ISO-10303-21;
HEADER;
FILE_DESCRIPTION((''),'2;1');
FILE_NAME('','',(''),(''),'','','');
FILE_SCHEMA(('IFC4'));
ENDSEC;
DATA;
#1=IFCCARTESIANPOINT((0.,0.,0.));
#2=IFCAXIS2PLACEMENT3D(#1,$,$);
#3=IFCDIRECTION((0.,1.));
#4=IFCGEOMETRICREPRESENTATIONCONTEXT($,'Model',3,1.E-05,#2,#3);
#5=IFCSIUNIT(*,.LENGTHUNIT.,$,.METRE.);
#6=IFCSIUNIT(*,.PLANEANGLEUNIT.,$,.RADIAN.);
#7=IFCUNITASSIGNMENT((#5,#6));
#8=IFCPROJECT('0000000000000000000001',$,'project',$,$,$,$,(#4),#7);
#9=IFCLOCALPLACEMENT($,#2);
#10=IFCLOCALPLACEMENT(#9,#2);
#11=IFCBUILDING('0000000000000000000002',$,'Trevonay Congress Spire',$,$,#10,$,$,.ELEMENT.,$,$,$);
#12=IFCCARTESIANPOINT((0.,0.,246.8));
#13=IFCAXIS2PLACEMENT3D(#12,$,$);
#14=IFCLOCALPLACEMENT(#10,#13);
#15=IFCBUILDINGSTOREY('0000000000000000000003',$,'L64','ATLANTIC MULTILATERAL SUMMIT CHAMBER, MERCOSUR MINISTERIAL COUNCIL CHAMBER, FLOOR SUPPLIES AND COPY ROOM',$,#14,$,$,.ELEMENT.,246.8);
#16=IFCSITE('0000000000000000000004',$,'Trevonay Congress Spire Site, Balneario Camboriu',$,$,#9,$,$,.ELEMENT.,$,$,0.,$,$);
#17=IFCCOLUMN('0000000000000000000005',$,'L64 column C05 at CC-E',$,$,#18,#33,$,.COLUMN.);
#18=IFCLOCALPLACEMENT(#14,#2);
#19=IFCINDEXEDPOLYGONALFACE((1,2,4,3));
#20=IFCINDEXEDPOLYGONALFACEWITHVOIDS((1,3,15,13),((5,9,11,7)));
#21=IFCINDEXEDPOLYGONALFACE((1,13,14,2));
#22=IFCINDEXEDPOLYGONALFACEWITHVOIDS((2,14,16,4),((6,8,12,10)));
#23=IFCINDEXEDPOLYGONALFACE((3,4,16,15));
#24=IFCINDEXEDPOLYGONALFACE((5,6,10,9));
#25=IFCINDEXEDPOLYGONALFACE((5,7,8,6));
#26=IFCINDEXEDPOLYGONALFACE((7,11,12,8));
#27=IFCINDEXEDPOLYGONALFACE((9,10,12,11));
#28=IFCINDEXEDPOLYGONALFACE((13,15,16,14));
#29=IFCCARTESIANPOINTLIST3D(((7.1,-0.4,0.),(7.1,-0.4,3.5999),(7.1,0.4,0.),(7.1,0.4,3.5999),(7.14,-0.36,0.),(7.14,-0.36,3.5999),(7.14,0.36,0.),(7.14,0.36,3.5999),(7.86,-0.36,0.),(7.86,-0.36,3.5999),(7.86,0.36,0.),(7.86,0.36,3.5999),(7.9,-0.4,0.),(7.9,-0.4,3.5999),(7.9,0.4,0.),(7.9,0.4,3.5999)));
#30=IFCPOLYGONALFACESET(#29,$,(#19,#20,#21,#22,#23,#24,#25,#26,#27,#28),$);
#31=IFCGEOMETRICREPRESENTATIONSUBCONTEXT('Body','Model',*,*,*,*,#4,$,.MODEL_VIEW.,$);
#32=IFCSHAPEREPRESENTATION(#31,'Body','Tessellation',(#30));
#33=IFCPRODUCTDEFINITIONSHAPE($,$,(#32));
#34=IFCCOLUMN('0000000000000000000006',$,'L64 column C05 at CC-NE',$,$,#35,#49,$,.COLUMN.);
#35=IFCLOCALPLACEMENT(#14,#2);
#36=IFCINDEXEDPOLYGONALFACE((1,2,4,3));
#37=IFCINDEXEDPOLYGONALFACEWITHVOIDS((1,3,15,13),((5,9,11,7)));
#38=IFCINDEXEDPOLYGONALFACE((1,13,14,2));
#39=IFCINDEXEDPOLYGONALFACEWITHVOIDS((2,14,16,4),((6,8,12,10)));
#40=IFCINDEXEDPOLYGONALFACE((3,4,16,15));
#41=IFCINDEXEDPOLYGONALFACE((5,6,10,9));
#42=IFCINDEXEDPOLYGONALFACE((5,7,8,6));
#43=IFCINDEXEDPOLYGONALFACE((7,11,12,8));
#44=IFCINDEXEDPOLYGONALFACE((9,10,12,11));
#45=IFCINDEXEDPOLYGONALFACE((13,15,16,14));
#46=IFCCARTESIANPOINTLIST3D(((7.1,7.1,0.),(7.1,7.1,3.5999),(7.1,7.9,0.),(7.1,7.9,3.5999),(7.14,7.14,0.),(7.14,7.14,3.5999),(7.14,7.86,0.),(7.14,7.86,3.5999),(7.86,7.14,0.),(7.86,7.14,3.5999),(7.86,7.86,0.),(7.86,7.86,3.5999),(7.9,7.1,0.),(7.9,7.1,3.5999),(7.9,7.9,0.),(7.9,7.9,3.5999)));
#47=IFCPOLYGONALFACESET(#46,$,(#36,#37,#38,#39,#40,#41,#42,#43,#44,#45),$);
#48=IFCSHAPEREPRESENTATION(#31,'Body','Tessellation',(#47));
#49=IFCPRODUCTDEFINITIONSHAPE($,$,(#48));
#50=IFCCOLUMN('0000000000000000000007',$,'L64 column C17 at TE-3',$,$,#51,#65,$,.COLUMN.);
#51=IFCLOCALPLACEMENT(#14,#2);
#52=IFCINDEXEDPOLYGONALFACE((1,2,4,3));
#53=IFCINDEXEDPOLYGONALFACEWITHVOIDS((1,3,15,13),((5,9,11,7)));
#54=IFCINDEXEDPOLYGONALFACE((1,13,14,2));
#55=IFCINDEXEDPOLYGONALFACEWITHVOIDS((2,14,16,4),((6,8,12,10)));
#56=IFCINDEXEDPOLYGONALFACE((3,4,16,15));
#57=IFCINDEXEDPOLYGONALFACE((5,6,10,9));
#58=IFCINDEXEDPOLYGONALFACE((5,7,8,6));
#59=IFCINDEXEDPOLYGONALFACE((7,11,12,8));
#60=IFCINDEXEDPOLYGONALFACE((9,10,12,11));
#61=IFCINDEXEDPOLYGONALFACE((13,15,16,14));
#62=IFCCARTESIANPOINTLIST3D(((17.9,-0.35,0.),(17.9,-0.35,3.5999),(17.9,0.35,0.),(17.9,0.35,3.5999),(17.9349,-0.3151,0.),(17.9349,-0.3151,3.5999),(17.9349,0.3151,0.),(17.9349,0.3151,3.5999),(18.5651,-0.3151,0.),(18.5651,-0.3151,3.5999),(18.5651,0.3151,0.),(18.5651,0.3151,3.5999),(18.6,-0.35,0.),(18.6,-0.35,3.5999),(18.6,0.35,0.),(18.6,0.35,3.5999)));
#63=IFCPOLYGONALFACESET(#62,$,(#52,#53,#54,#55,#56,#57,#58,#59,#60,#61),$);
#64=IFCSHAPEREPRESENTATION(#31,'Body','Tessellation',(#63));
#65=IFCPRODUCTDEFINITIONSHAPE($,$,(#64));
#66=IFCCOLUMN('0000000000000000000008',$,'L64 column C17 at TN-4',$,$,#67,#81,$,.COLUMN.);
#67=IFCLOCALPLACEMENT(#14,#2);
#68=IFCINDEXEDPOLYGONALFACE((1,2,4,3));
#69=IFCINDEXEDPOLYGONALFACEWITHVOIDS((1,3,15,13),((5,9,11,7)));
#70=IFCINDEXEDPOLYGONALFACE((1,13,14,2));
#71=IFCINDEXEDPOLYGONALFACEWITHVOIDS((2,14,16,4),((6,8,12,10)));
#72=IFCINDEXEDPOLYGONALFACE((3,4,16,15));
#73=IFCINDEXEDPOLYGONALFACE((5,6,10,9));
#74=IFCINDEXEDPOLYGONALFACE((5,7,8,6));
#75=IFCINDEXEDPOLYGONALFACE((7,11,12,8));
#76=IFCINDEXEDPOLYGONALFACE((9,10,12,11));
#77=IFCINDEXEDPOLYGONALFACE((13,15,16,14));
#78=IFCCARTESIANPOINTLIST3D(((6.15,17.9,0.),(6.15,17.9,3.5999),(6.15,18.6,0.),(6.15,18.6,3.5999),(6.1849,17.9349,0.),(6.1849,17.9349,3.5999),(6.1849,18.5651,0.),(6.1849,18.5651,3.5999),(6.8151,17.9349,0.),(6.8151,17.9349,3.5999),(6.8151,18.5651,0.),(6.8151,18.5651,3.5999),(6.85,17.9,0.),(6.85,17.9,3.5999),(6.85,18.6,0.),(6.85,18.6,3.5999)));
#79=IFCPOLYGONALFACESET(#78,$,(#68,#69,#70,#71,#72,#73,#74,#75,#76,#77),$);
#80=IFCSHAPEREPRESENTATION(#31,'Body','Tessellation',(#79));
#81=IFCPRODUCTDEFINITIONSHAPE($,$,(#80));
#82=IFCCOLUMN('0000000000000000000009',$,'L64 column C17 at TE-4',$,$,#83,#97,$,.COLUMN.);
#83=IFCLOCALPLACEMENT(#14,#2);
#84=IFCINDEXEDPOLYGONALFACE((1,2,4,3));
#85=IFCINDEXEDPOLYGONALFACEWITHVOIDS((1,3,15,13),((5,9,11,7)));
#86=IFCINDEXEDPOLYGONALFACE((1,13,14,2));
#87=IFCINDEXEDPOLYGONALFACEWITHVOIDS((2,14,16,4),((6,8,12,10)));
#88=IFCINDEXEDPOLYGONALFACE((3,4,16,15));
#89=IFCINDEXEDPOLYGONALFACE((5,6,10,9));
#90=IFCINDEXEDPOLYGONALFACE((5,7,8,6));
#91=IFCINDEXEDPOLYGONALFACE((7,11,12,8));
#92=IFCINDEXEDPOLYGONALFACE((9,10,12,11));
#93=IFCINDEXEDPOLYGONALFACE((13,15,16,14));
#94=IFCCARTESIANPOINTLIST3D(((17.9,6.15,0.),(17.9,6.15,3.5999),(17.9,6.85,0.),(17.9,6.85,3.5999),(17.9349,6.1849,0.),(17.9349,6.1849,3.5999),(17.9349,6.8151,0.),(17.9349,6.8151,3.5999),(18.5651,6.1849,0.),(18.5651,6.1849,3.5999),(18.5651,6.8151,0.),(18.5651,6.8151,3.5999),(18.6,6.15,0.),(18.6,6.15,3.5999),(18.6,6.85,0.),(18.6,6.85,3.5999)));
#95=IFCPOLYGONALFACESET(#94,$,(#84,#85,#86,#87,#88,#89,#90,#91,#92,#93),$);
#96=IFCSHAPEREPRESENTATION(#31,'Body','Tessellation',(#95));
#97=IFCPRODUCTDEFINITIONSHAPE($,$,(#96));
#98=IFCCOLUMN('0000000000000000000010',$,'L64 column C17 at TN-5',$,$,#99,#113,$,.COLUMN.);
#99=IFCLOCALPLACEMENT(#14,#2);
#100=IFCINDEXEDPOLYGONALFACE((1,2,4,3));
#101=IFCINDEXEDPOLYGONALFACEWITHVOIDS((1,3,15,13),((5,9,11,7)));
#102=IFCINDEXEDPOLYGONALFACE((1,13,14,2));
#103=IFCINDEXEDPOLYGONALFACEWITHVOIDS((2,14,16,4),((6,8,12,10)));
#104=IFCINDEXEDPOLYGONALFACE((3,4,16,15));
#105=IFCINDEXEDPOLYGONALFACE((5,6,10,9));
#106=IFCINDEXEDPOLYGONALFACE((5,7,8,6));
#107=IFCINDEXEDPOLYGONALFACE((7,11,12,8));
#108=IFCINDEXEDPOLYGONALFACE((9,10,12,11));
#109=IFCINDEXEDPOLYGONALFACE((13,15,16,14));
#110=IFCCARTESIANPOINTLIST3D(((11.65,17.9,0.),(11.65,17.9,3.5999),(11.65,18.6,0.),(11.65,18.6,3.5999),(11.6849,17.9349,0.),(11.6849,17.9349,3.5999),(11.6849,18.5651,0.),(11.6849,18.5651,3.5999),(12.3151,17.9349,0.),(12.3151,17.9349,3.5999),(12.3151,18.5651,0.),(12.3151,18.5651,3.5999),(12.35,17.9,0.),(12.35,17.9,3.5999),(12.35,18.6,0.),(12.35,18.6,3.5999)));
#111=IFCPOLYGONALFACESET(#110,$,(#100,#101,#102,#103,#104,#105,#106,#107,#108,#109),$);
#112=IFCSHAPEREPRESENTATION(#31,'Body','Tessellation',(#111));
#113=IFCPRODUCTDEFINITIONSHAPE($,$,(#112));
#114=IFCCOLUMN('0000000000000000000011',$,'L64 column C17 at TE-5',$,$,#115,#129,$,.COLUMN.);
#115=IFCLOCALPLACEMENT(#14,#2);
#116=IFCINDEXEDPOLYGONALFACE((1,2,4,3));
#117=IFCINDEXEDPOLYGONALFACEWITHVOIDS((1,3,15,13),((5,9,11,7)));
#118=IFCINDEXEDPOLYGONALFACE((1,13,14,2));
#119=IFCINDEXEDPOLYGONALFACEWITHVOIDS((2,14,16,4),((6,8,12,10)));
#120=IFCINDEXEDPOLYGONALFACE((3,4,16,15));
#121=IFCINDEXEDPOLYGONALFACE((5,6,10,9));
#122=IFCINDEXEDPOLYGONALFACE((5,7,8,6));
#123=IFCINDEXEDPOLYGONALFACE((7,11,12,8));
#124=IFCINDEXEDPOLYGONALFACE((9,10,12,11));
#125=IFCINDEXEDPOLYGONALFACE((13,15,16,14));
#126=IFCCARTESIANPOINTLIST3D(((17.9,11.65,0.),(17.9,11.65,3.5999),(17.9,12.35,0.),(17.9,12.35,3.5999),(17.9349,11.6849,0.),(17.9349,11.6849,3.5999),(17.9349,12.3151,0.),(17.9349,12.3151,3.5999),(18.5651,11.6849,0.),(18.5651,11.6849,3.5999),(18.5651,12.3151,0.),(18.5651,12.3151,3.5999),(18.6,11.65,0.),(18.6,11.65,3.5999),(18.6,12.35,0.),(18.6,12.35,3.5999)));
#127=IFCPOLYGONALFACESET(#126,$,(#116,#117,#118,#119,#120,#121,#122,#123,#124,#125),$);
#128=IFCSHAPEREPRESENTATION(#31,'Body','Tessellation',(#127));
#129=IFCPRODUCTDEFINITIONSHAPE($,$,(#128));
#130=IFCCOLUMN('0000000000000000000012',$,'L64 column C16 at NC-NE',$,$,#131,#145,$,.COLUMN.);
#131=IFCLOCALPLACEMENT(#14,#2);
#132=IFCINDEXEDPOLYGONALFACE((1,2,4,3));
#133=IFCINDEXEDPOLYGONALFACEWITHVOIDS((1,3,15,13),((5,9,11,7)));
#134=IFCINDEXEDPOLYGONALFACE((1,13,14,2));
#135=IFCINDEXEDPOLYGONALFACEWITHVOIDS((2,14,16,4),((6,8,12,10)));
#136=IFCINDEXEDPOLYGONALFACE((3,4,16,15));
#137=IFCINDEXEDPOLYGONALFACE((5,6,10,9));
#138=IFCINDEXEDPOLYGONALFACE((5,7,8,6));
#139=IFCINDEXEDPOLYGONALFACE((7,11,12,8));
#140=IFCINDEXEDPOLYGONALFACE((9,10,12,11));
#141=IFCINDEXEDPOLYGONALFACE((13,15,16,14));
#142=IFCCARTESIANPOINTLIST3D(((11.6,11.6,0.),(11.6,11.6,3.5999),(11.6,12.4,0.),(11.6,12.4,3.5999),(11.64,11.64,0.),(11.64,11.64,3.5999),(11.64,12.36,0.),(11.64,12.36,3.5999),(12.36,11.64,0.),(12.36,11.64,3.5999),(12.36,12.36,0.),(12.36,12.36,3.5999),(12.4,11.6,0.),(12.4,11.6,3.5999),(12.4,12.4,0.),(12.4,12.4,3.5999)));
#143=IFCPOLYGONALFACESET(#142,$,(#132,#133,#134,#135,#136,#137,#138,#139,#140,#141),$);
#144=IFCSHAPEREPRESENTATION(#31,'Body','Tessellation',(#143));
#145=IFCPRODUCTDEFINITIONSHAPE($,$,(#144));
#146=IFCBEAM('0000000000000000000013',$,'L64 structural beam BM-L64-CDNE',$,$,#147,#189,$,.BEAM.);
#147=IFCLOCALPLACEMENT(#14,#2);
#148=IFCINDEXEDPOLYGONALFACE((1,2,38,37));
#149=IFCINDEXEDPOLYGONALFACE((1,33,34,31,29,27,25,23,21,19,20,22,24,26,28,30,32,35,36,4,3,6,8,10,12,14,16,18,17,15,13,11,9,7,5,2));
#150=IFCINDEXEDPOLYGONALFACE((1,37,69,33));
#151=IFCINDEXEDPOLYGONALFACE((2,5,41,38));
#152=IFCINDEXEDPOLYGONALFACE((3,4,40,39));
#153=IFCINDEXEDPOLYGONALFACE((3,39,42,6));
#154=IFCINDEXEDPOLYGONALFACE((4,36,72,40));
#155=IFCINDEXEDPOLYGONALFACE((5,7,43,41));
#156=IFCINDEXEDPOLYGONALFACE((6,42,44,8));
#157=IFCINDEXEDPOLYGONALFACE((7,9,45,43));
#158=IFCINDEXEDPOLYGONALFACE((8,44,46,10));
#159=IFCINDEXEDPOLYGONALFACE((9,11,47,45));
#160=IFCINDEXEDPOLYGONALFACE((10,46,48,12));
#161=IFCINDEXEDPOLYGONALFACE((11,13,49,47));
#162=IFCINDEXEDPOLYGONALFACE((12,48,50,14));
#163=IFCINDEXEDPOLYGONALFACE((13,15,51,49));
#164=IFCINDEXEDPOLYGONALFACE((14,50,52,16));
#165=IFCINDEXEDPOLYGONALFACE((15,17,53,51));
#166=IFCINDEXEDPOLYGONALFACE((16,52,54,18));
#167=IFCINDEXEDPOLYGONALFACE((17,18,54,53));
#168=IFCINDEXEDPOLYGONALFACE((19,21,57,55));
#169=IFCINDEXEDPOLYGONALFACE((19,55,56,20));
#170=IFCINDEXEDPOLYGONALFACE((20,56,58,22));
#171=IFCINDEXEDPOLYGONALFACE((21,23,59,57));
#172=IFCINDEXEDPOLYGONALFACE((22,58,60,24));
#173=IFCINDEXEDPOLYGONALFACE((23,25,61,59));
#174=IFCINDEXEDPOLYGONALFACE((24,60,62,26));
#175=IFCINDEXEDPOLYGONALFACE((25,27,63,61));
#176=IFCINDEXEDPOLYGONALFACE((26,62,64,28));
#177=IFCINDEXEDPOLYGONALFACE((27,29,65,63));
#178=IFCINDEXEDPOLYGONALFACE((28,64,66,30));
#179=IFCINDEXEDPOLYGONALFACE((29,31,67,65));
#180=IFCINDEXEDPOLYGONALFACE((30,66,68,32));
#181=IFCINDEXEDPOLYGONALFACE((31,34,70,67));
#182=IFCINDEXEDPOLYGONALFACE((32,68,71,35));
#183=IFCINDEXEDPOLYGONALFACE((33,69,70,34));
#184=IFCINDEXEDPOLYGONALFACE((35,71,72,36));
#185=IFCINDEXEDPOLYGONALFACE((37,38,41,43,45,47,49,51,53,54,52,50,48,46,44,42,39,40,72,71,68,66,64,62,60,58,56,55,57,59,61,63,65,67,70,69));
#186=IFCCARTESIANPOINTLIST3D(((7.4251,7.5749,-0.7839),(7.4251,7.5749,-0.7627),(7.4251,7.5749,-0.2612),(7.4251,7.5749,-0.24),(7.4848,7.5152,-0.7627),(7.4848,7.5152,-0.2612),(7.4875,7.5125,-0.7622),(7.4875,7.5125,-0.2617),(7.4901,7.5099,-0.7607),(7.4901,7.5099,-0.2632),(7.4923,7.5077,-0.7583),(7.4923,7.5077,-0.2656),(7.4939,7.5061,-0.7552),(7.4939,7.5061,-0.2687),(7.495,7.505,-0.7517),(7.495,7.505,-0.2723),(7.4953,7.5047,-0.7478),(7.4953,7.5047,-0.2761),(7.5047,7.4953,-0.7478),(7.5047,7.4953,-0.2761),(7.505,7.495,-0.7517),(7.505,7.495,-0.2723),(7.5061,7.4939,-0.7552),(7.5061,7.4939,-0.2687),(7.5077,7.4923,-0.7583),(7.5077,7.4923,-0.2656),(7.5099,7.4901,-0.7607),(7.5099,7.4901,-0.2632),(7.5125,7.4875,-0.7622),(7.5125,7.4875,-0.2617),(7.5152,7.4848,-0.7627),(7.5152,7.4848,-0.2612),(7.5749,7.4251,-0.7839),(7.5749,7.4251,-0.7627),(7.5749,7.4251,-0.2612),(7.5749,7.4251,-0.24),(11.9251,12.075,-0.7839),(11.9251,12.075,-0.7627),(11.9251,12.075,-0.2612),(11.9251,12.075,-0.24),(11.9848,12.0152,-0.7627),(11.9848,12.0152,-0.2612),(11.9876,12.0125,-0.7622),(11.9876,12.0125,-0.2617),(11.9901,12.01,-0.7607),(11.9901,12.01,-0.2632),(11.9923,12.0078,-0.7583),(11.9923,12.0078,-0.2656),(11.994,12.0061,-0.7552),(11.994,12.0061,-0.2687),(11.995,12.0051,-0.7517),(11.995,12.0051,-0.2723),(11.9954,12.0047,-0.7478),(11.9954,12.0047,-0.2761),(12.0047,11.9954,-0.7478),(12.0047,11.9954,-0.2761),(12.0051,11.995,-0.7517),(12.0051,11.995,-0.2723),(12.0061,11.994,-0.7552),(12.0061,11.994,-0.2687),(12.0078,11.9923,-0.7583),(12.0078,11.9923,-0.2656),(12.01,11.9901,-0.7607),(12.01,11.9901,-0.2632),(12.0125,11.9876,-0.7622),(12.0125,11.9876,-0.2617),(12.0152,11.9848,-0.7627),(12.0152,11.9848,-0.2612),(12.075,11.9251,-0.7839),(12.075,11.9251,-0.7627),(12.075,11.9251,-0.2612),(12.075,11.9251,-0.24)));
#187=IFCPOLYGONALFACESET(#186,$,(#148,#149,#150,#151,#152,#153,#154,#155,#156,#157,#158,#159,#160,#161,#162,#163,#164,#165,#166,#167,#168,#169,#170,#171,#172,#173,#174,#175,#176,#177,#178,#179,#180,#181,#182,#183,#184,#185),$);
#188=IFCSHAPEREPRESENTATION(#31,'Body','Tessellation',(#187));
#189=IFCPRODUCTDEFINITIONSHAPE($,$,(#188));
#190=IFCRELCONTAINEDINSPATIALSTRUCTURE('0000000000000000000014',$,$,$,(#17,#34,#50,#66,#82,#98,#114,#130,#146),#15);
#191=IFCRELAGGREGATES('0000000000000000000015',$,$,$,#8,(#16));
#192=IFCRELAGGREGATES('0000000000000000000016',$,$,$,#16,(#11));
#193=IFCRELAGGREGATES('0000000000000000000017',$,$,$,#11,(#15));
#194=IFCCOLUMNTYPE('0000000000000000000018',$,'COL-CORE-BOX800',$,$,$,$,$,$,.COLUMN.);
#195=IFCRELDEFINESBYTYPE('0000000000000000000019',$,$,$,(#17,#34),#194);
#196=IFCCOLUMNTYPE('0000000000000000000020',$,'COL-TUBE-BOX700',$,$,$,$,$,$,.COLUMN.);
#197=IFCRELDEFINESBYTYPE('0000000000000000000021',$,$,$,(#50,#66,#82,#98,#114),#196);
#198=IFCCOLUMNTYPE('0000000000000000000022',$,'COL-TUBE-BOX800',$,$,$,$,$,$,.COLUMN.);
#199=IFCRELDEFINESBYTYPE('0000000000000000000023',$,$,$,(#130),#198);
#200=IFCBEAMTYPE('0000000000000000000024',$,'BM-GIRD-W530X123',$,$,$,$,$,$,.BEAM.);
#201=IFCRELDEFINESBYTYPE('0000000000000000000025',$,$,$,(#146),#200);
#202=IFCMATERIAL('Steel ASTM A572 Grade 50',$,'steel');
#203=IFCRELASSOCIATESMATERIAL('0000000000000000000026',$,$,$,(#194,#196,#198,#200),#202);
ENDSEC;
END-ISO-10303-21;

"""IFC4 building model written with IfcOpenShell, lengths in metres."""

from ifc_helpers import new_model, si_unit, direction, frame, origin, origin_2d, place, context, subcontext, project, spatial, hollow_rectangle, i_section, extrude, material, material_profile, profile_set, type_object, element, save


model = new_model("IFC4")

# Units and contexts
model_context = context("Model", 3, precision=1e-05, world=origin(), true_north=direction((0.0, 1.0)))
body_context = subcontext(model_context, "Body", "Model", "MODEL_VIEW")
ifc_project = project(units=[si_unit("LENGTHUNIT", "METRE"), si_unit("PLANEANGLEUNIT", "RADIAN")], contexts=[model_context])

# Site, building, storey
site_placement = place(None, origin())
site = spatial("IfcSite", under=ifc_project, at=site_placement, Name="Trevonay Congress Spire Site, Balneario Camboriu", CompositionType="ELEMENT", RefElevation=0.0)
building_placement = place(site_placement, origin())
building = spatial("IfcBuilding", under=site, at=building_placement, Name="Trevonay Congress Spire", CompositionType="ELEMENT")
storey_placement = place(building_placement, frame((0.0, 0.0, 246.8)))
storey = spatial("IfcBuildingStorey", under=building, at=storey_placement, Name="L64", Description="ATLANTIC MULTILATERAL SUMMIT CHAMBER, MERCOSUR MINISTERIAL COUNCIL CHAMBER, FLOOR SUPPLIES AND COPY ROOM", CompositionType="ELEMENT", Elevation=246.8)

# Columns
ifc_material_1 = material(Name="Steel ASTM A572 Grade 50", Category="steel")
ifc_material_profile_1 = material_profile(ifc_material_1, hollow_rectangle(XDim=0.8, YDim=0.8, WallThickness=0.04, at=origin_2d()), Name="BOX 800x800x40")
ifc_profile_set_1 = profile_set([ifc_material_profile_1], Name="Steel ASTM A572 Grade 50")
column_type_1 = type_object("IfcColumnType", Name="COL-CORE-BOX800", PredefinedType="COLUMN", material=ifc_profile_set_1)
for number, where, z_axis, x_axis, name in (
    (1, (7.5, 0.0, 0.0), (0.0, 0.0, 1.0), (1.0, 0.0, 0.0), "L64 column C05 at CC-E"),
    (2, (7.5, 7.5, 0.0), (0.0, 0.0, 1.0), (1.0, 0.0, 0.0), "L64 column C05 at CC-NE"),
):
    element("IfcColumn", number, at=place(storey_placement, frame(where, z_axis=z_axis, x_axis=x_axis)), inside=storey, type_object=column_type_1, Name=name, PredefinedType="COLUMN", context=body_context, shape_type="SweptSolid", body=[
        extrude(hollow_rectangle(XDim=0.8, YDim=0.8, WallThickness=0.04, at=origin_2d()), origin(), (0.0, 0.0, 1.0), 3.5999),
    ])
ifc_material_profile_2 = material_profile(ifc_material_1, hollow_rectangle(XDim=0.7, YDim=0.7, WallThickness=0.0349, at=origin_2d()), Name="BOX 700x700x35")
ifc_profile_set_2 = profile_set([ifc_material_profile_2], Name="Steel ASTM A572 Grade 50")
column_type_2 = type_object("IfcColumnType", Name="COL-TUBE-BOX700", PredefinedType="COLUMN", material=ifc_profile_set_2)
for number, where, z_axis, x_axis, name in (
    (3, (18.25, 0.0, 0.0), (0.0, 0.0, 1.0), (1.0, 0.0, 0.0), "L64 column C17 at TE-3"),
    (4, (6.5, 18.25, 0.0), (0.0, 0.0, 1.0), (1.0, 0.0, 0.0), "L64 column C17 at TN-4"),
    (5, (18.25, 6.5, 0.0), (0.0, 0.0, 1.0), (1.0, 0.0, 0.0), "L64 column C17 at TE-4"),
    (6, (12.0, 18.25, 0.0), (0.0, 0.0, 1.0), (1.0, 0.0, 0.0), "L64 column C17 at TN-5"),
    (7, (18.25, 12.0, 0.0), (0.0, 0.0, 1.0), (1.0, 0.0, 0.0), "L64 column C17 at TE-5"),
):
    element("IfcColumn", number, at=place(storey_placement, frame(where, z_axis=z_axis, x_axis=x_axis)), inside=storey, type_object=column_type_2, Name=name, PredefinedType="COLUMN", context=body_context, shape_type="SweptSolid", body=[
        extrude(hollow_rectangle(XDim=0.7, YDim=0.7, WallThickness=0.0349, at=origin_2d()), origin(), (0.0, 0.0, 1.0), 3.5999),
    ])
ifc_material_profile_3 = material_profile(ifc_material_1, hollow_rectangle(XDim=0.8, YDim=0.8, WallThickness=0.04, at=origin_2d()), Name="BOX 800x800x40")
ifc_profile_set_3 = profile_set([ifc_material_profile_3], Name="Steel ASTM A572 Grade 50")
column_type_3 = type_object("IfcColumnType", Name="COL-TUBE-BOX800", PredefinedType="COLUMN", material=ifc_profile_set_3)
column_placement = place(storey_placement, frame((12.0, 12.0, 0.0), z_axis=(0.0, 0.0, 1.0), x_axis=(1.0, 0.0, 0.0)))
element("IfcColumn", 8, at=column_placement, inside=storey, type_object=column_type_3, Name="L64 column C16 at NC-NE", PredefinedType="COLUMN", context=body_context, shape_type="SweptSolid", body=[
    extrude(hollow_rectangle(XDim=0.8, YDim=0.8, WallThickness=0.04, at=origin_2d()), origin(), (0.0, 0.0, 1.0), 3.5999),
])

# Beam
ifc_material_profile_4 = material_profile(ifc_material_1, i_section(OverallWidth=0.2119, OverallDepth=0.5439, WebThickness=0.0132, FlangeThickness=0.0212, FilletRadius=0.0149, at=origin_2d()), Name="W530x123")
ifc_profile_set_4 = profile_set([ifc_material_profile_4], Name="Steel ASTM A572 Grade 50")
beam_type_1 = type_object("IfcBeamType", Name="BM-GIRD-W530X123", PredefinedType="BEAM", material=ifc_profile_set_4)
beam_1_placement = place(storey_placement, frame((7.5, 7.5, -0.512), z_axis=(0.707107, 0.707107, 0.0), x_axis=(-0.707107, 0.707107, 0.0)))
element("IfcBeam", 9, at=beam_1_placement, inside=storey, type_object=beam_type_1, Name="L64 structural beam BM-L64-CDNE", PredefinedType="BEAM", context=body_context, shape_type="SweptSolid", body=[
    extrude(i_section(OverallWidth=0.2119, OverallDepth=0.5439, WebThickness=0.0132, FlangeThickness=0.0212, FilletRadius=0.0149, at=origin_2d()), origin(), (0.0, 0.0, 1.0), 6.364),
])

save(model, "model.ifc")
